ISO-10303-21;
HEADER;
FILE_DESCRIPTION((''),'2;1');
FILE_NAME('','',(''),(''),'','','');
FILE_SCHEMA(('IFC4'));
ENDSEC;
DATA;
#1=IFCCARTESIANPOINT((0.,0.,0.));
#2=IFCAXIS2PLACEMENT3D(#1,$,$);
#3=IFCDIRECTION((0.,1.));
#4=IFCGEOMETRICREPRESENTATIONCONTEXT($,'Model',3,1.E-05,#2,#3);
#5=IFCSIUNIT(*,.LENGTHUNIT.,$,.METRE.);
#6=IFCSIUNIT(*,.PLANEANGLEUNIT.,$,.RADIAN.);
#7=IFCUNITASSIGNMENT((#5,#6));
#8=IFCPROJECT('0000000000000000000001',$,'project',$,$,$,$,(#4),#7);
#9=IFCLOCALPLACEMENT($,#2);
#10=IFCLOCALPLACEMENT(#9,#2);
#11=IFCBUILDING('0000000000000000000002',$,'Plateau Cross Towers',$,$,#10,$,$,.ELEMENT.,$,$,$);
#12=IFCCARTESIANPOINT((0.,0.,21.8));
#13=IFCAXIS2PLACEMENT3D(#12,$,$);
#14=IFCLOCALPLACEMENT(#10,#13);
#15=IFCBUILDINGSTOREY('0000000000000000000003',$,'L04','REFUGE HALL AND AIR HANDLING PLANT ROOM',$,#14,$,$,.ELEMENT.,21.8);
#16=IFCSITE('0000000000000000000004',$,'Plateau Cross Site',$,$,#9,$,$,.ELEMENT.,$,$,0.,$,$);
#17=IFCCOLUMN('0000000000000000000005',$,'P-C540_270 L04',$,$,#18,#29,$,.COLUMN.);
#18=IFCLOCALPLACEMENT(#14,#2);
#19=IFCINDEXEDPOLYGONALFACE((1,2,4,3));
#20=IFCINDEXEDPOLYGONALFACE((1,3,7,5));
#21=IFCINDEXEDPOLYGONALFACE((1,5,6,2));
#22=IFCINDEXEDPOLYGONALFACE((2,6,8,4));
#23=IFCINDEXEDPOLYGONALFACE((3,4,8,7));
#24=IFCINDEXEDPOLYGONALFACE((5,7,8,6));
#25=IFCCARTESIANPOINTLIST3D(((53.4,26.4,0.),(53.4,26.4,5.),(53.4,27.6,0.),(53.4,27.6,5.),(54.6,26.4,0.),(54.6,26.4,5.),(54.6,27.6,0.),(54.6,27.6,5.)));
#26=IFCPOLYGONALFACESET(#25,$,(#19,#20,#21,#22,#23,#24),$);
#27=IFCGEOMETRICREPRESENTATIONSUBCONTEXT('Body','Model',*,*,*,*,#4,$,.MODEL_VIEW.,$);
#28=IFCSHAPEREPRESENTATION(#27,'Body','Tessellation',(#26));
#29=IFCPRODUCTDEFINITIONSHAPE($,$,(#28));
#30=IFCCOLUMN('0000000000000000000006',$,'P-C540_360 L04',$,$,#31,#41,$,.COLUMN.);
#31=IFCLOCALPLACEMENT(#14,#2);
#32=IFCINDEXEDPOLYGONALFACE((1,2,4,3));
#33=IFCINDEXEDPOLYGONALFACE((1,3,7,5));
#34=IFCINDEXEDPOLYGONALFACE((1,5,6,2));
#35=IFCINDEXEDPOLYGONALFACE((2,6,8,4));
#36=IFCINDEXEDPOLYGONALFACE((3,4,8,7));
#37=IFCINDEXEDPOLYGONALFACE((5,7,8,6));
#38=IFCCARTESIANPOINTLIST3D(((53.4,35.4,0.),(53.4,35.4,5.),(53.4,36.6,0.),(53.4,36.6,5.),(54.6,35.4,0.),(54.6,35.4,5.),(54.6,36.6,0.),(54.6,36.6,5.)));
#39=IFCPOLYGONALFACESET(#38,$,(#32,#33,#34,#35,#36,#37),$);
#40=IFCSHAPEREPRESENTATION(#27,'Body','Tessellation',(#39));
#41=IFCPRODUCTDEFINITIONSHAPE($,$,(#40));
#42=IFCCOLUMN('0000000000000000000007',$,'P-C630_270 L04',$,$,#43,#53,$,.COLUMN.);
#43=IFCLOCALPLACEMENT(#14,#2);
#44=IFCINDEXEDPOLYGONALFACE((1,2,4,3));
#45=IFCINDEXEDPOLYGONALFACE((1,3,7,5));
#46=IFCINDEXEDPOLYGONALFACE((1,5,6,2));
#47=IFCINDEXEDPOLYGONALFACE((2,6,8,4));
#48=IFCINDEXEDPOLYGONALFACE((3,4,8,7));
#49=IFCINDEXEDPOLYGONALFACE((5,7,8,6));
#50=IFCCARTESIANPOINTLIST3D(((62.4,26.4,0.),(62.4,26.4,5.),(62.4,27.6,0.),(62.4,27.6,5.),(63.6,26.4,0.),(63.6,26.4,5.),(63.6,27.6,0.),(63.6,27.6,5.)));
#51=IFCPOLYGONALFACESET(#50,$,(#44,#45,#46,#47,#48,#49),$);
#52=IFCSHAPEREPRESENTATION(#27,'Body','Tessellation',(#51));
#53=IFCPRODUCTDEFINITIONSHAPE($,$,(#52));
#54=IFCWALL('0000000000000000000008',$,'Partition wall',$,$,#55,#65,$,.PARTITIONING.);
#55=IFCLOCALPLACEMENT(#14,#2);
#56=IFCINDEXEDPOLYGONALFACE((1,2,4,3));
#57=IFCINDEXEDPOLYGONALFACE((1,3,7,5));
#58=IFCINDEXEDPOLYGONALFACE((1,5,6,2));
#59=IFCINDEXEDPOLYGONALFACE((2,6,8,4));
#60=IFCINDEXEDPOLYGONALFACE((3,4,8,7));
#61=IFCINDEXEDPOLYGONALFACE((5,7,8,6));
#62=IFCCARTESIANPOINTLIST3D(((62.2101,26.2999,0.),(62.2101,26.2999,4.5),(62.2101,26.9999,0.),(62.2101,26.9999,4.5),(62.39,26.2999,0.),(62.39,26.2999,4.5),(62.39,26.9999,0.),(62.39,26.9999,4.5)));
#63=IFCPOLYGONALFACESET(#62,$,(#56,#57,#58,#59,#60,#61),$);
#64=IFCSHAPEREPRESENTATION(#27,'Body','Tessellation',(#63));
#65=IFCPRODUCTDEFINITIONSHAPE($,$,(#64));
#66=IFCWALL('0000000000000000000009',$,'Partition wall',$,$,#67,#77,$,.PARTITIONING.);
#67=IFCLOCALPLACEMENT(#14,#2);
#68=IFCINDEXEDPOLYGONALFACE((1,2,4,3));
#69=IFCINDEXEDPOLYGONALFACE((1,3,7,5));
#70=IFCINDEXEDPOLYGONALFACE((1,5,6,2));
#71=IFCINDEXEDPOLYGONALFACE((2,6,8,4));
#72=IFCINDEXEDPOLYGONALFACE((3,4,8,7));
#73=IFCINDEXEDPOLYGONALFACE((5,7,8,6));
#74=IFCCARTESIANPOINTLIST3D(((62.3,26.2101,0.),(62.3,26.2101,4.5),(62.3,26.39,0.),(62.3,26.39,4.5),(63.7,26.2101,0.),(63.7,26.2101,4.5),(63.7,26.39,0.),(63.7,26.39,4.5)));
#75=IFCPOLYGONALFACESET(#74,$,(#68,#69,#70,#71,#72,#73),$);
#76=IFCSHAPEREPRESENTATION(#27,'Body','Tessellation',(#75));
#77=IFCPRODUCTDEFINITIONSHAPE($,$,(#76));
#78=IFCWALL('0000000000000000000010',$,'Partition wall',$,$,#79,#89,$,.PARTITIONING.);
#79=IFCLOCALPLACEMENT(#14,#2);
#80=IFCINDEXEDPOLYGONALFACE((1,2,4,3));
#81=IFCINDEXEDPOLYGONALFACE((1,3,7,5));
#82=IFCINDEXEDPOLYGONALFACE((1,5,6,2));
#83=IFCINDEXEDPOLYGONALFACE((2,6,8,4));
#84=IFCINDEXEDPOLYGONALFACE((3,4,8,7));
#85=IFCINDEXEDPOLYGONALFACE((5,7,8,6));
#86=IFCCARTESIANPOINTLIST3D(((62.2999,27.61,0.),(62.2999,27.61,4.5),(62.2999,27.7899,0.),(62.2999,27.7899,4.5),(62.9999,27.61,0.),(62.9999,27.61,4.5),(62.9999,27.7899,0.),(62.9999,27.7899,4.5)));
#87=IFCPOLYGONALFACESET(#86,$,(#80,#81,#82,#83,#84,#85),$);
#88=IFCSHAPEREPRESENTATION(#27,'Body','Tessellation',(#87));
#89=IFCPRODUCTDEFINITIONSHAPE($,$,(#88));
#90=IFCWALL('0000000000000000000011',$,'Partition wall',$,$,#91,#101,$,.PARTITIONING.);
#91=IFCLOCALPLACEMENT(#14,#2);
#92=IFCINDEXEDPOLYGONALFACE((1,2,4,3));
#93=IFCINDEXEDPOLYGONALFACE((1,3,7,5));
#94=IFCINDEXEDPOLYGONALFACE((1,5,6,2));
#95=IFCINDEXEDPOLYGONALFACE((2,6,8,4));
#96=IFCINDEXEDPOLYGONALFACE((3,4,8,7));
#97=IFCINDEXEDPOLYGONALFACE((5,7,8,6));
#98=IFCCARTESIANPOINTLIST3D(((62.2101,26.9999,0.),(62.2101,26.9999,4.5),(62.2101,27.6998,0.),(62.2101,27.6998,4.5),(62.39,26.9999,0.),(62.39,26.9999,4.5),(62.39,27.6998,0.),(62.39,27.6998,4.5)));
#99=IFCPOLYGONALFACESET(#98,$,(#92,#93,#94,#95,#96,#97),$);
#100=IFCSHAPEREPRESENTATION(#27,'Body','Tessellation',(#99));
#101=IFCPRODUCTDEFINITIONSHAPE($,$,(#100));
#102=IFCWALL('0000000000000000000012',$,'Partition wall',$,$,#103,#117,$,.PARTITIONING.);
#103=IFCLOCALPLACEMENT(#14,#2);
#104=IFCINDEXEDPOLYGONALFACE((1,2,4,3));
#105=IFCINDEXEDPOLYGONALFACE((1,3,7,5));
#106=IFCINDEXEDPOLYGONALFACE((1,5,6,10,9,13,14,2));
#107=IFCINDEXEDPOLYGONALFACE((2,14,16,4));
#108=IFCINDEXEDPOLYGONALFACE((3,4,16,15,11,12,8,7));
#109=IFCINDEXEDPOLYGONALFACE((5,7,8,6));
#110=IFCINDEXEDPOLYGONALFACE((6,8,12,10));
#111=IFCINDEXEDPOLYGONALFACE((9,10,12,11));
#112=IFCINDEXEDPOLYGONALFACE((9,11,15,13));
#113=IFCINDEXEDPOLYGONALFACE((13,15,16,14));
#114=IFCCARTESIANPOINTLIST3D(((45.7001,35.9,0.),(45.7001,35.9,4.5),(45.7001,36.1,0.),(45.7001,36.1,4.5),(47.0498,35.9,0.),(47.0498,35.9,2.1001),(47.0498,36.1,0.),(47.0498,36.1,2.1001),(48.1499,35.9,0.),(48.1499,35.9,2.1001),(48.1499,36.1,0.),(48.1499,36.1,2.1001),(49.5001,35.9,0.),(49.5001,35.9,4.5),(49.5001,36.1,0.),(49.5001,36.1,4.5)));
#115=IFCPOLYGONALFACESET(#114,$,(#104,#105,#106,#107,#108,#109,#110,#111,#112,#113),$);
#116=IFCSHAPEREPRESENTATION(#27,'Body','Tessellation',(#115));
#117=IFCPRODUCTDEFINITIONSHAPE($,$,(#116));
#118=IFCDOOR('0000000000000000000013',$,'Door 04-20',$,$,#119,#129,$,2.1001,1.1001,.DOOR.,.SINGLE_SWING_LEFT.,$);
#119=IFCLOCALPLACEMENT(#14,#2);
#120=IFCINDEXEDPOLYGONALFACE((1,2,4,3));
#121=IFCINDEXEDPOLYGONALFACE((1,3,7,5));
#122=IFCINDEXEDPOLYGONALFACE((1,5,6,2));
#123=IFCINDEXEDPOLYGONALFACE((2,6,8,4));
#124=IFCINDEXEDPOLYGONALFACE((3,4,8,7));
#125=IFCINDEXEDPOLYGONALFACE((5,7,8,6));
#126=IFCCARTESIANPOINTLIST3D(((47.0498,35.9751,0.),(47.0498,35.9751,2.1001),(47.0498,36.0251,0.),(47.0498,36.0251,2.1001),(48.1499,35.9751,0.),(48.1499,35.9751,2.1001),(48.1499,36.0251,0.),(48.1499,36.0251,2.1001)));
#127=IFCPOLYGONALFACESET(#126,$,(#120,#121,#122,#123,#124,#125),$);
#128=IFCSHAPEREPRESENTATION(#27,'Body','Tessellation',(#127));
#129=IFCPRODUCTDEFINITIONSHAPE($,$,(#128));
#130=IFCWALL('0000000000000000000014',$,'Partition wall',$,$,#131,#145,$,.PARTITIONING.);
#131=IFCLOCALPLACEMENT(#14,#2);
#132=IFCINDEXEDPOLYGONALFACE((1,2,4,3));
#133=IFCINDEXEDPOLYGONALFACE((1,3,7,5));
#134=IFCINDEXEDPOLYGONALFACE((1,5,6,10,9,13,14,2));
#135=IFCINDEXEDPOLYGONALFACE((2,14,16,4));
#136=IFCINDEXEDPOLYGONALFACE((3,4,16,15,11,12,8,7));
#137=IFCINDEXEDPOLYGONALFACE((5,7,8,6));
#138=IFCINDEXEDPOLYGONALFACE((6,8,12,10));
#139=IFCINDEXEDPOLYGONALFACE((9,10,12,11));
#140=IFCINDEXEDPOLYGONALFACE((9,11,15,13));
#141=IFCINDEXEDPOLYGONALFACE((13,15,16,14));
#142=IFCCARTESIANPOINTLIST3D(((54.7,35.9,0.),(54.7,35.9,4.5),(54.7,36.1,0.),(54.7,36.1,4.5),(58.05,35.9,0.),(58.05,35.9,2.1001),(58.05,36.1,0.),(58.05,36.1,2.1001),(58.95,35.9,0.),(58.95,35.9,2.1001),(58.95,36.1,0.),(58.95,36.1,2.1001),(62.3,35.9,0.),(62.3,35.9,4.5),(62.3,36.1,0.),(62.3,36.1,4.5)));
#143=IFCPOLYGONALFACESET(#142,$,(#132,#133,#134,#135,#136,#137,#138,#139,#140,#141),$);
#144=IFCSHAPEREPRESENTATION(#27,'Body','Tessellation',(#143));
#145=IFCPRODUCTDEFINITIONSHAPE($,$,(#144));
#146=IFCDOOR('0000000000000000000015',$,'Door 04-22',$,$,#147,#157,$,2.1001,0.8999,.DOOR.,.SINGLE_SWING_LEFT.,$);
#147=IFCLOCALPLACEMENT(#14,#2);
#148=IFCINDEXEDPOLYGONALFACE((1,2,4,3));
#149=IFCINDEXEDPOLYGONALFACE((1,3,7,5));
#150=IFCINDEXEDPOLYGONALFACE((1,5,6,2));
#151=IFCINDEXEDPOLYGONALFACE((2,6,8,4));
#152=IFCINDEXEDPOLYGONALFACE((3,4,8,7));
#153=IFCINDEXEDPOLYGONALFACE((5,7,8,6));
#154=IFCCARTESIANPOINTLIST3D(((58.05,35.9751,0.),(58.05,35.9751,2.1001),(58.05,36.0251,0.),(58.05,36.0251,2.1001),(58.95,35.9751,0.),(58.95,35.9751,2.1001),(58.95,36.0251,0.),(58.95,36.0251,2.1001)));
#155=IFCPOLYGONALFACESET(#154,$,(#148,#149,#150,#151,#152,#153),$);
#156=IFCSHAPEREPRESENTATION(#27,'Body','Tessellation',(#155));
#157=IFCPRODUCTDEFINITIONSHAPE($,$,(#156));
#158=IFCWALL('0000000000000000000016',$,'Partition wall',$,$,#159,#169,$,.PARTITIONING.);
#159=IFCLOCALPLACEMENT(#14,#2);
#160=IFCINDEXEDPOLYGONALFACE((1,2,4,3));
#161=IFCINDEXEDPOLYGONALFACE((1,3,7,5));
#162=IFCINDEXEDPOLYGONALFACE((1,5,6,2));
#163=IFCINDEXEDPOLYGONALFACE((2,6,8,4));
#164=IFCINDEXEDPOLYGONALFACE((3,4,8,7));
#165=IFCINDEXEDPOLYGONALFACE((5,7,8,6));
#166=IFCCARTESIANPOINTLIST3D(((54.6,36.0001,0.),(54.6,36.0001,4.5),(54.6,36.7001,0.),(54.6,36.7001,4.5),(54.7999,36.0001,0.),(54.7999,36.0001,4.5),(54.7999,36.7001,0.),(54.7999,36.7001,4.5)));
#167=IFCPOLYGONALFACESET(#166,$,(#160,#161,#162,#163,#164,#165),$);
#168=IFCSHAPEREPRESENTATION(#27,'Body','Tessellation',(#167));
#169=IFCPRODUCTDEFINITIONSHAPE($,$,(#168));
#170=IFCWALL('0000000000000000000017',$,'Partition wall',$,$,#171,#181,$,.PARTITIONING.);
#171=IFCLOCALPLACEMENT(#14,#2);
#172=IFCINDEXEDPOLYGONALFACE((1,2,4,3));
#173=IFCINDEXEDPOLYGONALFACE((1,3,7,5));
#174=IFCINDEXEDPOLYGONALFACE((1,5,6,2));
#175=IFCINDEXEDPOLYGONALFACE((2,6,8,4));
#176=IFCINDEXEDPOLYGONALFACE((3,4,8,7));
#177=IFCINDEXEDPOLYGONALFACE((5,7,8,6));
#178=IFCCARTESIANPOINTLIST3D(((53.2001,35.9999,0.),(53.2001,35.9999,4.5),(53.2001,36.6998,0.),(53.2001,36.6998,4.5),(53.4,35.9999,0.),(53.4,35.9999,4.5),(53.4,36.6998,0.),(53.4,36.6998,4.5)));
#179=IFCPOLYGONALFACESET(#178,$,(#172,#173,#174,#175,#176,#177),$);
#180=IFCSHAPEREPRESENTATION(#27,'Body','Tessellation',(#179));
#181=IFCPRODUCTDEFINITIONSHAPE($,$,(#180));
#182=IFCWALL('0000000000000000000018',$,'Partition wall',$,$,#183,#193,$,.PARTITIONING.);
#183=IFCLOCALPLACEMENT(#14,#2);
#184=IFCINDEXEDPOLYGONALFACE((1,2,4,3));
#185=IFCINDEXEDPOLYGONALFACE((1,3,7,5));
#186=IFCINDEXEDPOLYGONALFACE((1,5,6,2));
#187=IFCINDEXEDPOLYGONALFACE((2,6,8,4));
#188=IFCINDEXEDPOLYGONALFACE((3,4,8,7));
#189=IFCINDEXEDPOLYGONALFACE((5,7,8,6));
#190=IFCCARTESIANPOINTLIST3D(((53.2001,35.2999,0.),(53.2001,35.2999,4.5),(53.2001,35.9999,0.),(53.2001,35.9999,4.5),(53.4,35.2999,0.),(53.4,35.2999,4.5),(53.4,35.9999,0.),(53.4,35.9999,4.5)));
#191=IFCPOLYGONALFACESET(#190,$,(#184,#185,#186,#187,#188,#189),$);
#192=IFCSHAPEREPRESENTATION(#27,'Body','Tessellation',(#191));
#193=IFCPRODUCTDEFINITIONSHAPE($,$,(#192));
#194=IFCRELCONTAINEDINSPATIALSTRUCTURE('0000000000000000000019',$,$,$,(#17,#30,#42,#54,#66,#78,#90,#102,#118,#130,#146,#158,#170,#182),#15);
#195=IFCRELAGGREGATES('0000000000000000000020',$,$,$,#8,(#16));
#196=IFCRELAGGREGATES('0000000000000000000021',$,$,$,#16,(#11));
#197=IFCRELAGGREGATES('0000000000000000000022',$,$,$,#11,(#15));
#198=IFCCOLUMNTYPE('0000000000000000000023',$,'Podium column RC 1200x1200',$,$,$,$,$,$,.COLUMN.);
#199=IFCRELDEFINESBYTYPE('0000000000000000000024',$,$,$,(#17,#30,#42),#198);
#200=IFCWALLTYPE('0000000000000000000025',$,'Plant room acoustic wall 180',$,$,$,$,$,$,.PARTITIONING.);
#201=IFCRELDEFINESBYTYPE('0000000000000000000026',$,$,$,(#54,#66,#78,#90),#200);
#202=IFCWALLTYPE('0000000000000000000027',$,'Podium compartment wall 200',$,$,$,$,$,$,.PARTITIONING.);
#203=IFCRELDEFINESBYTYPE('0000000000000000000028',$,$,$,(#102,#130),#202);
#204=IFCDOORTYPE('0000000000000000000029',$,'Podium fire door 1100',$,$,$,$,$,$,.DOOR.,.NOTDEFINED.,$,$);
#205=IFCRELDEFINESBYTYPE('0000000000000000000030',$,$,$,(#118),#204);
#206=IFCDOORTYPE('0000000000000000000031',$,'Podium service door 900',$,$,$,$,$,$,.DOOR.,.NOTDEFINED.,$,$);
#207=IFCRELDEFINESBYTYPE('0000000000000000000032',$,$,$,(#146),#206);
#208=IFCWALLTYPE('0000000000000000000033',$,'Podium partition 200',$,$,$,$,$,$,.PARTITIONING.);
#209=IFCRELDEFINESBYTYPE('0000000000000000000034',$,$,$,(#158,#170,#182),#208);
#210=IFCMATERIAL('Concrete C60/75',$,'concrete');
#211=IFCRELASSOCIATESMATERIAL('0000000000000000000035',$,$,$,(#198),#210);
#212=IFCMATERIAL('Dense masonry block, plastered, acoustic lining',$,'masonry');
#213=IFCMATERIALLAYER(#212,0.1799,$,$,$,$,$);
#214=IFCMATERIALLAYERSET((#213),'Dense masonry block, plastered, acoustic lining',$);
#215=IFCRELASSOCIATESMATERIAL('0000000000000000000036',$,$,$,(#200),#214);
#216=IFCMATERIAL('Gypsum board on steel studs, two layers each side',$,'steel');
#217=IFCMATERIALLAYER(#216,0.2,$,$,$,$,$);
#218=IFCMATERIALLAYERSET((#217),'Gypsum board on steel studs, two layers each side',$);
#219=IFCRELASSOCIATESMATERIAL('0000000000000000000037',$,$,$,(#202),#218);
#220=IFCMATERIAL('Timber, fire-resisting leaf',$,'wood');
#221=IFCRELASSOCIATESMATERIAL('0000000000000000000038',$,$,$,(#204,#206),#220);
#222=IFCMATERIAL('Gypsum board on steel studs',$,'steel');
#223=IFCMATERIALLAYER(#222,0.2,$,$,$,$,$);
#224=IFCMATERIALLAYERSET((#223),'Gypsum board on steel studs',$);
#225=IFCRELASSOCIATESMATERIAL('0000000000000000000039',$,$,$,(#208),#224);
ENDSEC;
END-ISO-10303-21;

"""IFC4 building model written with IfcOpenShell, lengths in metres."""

from ifc_helpers import new_model, si_unit, direction, frame, frame_2d, origin, origin_2d, place, context, subcontext, project, spatial, rectangle, extrude, material, layer, layer_set, material_profile, profile_set, type_object, element, fill, save


model = new_model("IFC4")

# Units and contexts
model_context = context("Model", 3, precision=1e-05, world=origin(), true_north=direction((0.0, 1.0)))
body_context = subcontext(model_context, "Body", "Model", "MODEL_VIEW")
ifc_project = project(units=[si_unit("LENGTHUNIT", "METRE"), si_unit("PLANEANGLEUNIT", "RADIAN")], contexts=[model_context])

# Site, building, storey
site_placement = place(None, origin())
site = spatial("IfcSite", under=ifc_project, at=site_placement, Name="Plateau Cross Site", CompositionType="ELEMENT", RefElevation=0.0)
building_placement = place(site_placement, origin())
building = spatial("IfcBuilding", under=site, at=building_placement, Name="Plateau Cross Towers", CompositionType="ELEMENT")
storey_placement = place(building_placement, frame((0.0, 0.0, 21.8)))
storey = spatial("IfcBuildingStorey", under=building, at=storey_placement, Name="L04", Description="REFUGE HALL AND AIR HANDLING PLANT ROOM", CompositionType="ELEMENT", Elevation=21.8)

# Columns
ifc_material_1 = material(Name="Concrete C60/75", Category="concrete")
ifc_material_profile = material_profile(ifc_material_1, rectangle(XDim=1.2, YDim=1.2, at=origin_2d()), Name="RC 1200x1200")
ifc_profile_set = profile_set([ifc_material_profile], Name="Concrete C60/75")
column_type = type_object("IfcColumnType", Name="Podium column RC 1200x1200", PredefinedType="COLUMN", material=ifc_profile_set)
for number, where, z_axis, x_axis, name in (
    (1, (54.0, 27.0, 0.0), (0.0, 0.0, 1.0), (1.0, 0.0, 0.0), "P-C540_270 L04"),
    (2, (54.0, 36.0, 0.0), (0.0, 0.0, 1.0), (1.0, 0.0, 0.0), "P-C540_360 L04"),
    (3, (63.0, 27.0, 0.0), (0.0, 0.0, 1.0), (1.0, 0.0, 0.0), "P-C630_270 L04"),
):
    element("IfcColumn", number, at=place(storey_placement, frame(where, z_axis=z_axis, x_axis=x_axis)), inside=storey, type_object=column_type, Name=name, PredefinedType="COLUMN", context=body_context, shape_type="SweptSolid", body=[
        extrude(rectangle(XDim=1.2, YDim=1.2, at=origin_2d()), origin(), (0.0, 0.0, 1.0), 5.0),
    ])

# Walls
ifc_material_2 = material(Name="Dense masonry block, plastered, acoustic lining", Category="masonry")
ifc_layer_1 = layer(ifc_material_2, 0.1799)
ifc_layer_set_1 = layer_set([ifc_layer_1], Name="Dense masonry block, plastered, acoustic lining")
wall_type_1 = type_object("IfcWallType", Name="Plant room acoustic wall 180", PredefinedType="PARTITIONING", material=ifc_layer_set_1)
wall_1_placement = place(storey_placement, frame((62.3, 27.0, 0.0), z_axis=(0.0, 0.0, 1.0), x_axis=(0.0, -1.0, 0.0)))
element("IfcWall", 4, at=wall_1_placement, inside=storey, type_object=wall_type_1, Name="Partition wall", PredefinedType="PARTITIONING", context=body_context, shape_type="SweptSolid", body=[
    extrude(rectangle(XDim=0.7, YDim=0.1799, at=frame_2d((0.3501, 0.0))), origin(), (0.0, 0.0, 1.0), 4.5),
])
wall_2_placement = place(storey_placement, frame((62.3, 26.3, 0.0), z_axis=(0.0, 0.0, 1.0), x_axis=(1.0, 0.0, 0.0)))
element("IfcWall", 5, at=wall_2_placement, inside=storey, type_object=wall_type_1, Name="Partition wall", PredefinedType="PARTITIONING", context=body_context, shape_type="SweptSolid", body=[
    extrude(rectangle(XDim=1.3999, YDim=0.1799, at=frame_2d((0.7, 0.0))), origin(), (0.0, 0.0, 1.0), 4.5),
])
for number, where, z_axis, x_axis, name in (
    (6, (63.0, 27.7, 0.0), (0.0, 0.0, 1.0), (-1.0, 0.0, 0.0), "Partition wall"),
    (7, (62.3, 27.7, 0.0), (0.0, 0.0, 1.0), (0.0, -1.0, 0.0), "Partition wall"),
):
    element("IfcWall", number, at=place(storey_placement, frame(where, z_axis=z_axis, x_axis=x_axis)), inside=storey, type_object=wall_type_1, Name=name, PredefinedType="PARTITIONING", context=body_context, shape_type="SweptSolid", body=[
        extrude(rectangle(XDim=0.7, YDim=0.1799, at=frame_2d((0.3501, 0.0))), origin(), (0.0, 0.0, 1.0), 4.5),
    ])

# Walls, openings, doors
ifc_material_3 = material(Name="Gypsum board on steel studs, two layers each side", Category="steel")
ifc_layer_2 = layer(ifc_material_3, 0.2)
ifc_layer_set_2 = layer_set([ifc_layer_2], Name="Gypsum board on steel studs, two layers each side")
wall_type_2 = type_object("IfcWallType", Name="Podium compartment wall 200", PredefinedType="PARTITIONING", material=ifc_layer_set_2)
wall_3_placement = place(storey_placement, frame((49.5, 36.0, 0.0), z_axis=(0.0, 0.0, 1.0), x_axis=(-1.0, 0.0, 0.0)))
wall_3 = element("IfcWall", 8, at=wall_3_placement, inside=storey, type_object=wall_type_2, Name="Partition wall", PredefinedType="PARTITIONING", context=body_context, shape_type="SweptSolid", body=[
    extrude(rectangle(XDim=3.8, YDim=0.2, at=frame_2d((1.8999, 0.0))), origin(), (0.0, 0.0, 1.0), 4.5),
])
opening_1_placement = place(wall_3_placement, frame((1.3501, 0.0, 0.0)))
opening_1 = element("IfcOpeningElement", 9, at=opening_1_placement, cuts=wall_3, PredefinedType="OPENING", context=body_context, shape_type="SweptSolid", body=[
    extrude(rectangle(XDim=1.1001, YDim=2.1001, at=frame_2d((0.55, 1.05))), frame((0.0, 0.1099, 0.0), z_axis=(0.0, -1.0, 0.0), x_axis=(1.0, 0.0, 0.0)), (0.0, 0.0, 1.0), 0.22),
])
ifc_material_4 = material(Name="Timber, fire-resisting leaf", Category="wood")
door_type_1 = type_object("IfcDoorType", Name="Podium fire door 1100", OperationType="NOTDEFINED", PredefinedType="DOOR", material=ifc_material_4)
door_1_placement = place(opening_1_placement, origin())
door_1 = element("IfcDoor", 10, at=door_1_placement, inside=storey, type_object=door_type_1, Name="Door 04-20", OperationType="SINGLE_SWING_LEFT", OverallHeight=2.1001, OverallWidth=1.1001, PredefinedType="DOOR", context=body_context, shape_type="SweptSolid", body=[
    extrude(rectangle(XDim=1.1001, YDim=2.1001, at=frame_2d((0.55, 1.05))), frame((0.0, 0.0249, 0.0), z_axis=(0.0, -1.0, 0.0), x_axis=(1.0, 0.0, 0.0)), (0.0, 0.0, 1.0), 0.05),
])
fill(opening_1, door_1)
wall_4_placement = place(storey_placement, frame((62.3, 36.0, 0.0), z_axis=(0.0, 0.0, 1.0), x_axis=(-1.0, 0.0, 0.0)))
wall_4 = element("IfcWall", 11, at=wall_4_placement, inside=storey, type_object=wall_type_2, Name="Partition wall", PredefinedType="PARTITIONING", context=body_context, shape_type="SweptSolid", body=[
    extrude(rectangle(XDim=7.6001, YDim=0.2, at=frame_2d((3.8, 0.0))), origin(), (0.0, 0.0, 1.0), 4.5),
])
opening_2_placement = place(wall_4_placement, frame((3.3501, 0.0, 0.0)))
opening_2 = element("IfcOpeningElement", 12, at=opening_2_placement, cuts=wall_4, PredefinedType="OPENING", context=body_context, shape_type="SweptSolid", body=[
    extrude(rectangle(XDim=0.8999, YDim=2.1001, at=frame_2d((0.45, 1.05))), frame((0.0, 0.1099, 0.0), z_axis=(0.0, -1.0, 0.0), x_axis=(1.0, 0.0, 0.0)), (0.0, 0.0, 1.0), 0.22),
])
door_type_2 = type_object("IfcDoorType", Name="Podium service door 900", OperationType="NOTDEFINED", PredefinedType="DOOR", material=ifc_material_4)
door_2_placement = place(opening_2_placement, origin())
door_2 = element("IfcDoor", 13, at=door_2_placement, inside=storey, type_object=door_type_2, Name="Door 04-22", OperationType="SINGLE_SWING_LEFT", OverallHeight=2.1001, OverallWidth=0.8999, PredefinedType="DOOR", context=body_context, shape_type="SweptSolid", body=[
    extrude(rectangle(XDim=0.8999, YDim=2.1001, at=frame_2d((0.45, 1.05))), frame((0.0, 0.0249, 0.0), z_axis=(0.0, -1.0, 0.0), x_axis=(1.0, 0.0, 0.0)), (0.0, 0.0, 1.0), 0.05),
])
fill(opening_2, door_2)

# Walls
ifc_material_5 = material(Name="Gypsum board on steel studs", Category="steel")
ifc_layer_3 = layer(ifc_material_5, 0.2)
ifc_layer_set_3 = layer_set([ifc_layer_3], Name="Gypsum board on steel studs")
wall_type_3 = type_object("IfcWallType", Name="Podium partition 200", PredefinedType="PARTITIONING", material=ifc_layer_set_3)
for number, where, z_axis, x_axis, name in (
    (14, (54.7, 36.0, 0.0), (0.0, 0.0, 1.0), (0.0, 1.0, 0.0), "Partition wall"),
    (15, (53.3, 36.7, 0.0), (0.0, 0.0, 1.0), (0.0, -1.0, 0.0), "Partition wall"),
    (16, (53.3, 36.0, 0.0), (0.0, 0.0, 1.0), (0.0, -1.0, 0.0), "Partition wall"),
):
    element("IfcWall", number, at=place(storey_placement, frame(where, z_axis=z_axis, x_axis=x_axis)), inside=storey, type_object=wall_type_3, Name=name, PredefinedType="PARTITIONING", context=body_context, shape_type="SweptSolid", body=[
        extrude(rectangle(XDim=0.7, YDim=0.2, at=frame_2d((0.3501, 0.0))), origin(), (0.0, 0.0, 1.0), 4.5),
    ])

save(model, "model.ifc")
